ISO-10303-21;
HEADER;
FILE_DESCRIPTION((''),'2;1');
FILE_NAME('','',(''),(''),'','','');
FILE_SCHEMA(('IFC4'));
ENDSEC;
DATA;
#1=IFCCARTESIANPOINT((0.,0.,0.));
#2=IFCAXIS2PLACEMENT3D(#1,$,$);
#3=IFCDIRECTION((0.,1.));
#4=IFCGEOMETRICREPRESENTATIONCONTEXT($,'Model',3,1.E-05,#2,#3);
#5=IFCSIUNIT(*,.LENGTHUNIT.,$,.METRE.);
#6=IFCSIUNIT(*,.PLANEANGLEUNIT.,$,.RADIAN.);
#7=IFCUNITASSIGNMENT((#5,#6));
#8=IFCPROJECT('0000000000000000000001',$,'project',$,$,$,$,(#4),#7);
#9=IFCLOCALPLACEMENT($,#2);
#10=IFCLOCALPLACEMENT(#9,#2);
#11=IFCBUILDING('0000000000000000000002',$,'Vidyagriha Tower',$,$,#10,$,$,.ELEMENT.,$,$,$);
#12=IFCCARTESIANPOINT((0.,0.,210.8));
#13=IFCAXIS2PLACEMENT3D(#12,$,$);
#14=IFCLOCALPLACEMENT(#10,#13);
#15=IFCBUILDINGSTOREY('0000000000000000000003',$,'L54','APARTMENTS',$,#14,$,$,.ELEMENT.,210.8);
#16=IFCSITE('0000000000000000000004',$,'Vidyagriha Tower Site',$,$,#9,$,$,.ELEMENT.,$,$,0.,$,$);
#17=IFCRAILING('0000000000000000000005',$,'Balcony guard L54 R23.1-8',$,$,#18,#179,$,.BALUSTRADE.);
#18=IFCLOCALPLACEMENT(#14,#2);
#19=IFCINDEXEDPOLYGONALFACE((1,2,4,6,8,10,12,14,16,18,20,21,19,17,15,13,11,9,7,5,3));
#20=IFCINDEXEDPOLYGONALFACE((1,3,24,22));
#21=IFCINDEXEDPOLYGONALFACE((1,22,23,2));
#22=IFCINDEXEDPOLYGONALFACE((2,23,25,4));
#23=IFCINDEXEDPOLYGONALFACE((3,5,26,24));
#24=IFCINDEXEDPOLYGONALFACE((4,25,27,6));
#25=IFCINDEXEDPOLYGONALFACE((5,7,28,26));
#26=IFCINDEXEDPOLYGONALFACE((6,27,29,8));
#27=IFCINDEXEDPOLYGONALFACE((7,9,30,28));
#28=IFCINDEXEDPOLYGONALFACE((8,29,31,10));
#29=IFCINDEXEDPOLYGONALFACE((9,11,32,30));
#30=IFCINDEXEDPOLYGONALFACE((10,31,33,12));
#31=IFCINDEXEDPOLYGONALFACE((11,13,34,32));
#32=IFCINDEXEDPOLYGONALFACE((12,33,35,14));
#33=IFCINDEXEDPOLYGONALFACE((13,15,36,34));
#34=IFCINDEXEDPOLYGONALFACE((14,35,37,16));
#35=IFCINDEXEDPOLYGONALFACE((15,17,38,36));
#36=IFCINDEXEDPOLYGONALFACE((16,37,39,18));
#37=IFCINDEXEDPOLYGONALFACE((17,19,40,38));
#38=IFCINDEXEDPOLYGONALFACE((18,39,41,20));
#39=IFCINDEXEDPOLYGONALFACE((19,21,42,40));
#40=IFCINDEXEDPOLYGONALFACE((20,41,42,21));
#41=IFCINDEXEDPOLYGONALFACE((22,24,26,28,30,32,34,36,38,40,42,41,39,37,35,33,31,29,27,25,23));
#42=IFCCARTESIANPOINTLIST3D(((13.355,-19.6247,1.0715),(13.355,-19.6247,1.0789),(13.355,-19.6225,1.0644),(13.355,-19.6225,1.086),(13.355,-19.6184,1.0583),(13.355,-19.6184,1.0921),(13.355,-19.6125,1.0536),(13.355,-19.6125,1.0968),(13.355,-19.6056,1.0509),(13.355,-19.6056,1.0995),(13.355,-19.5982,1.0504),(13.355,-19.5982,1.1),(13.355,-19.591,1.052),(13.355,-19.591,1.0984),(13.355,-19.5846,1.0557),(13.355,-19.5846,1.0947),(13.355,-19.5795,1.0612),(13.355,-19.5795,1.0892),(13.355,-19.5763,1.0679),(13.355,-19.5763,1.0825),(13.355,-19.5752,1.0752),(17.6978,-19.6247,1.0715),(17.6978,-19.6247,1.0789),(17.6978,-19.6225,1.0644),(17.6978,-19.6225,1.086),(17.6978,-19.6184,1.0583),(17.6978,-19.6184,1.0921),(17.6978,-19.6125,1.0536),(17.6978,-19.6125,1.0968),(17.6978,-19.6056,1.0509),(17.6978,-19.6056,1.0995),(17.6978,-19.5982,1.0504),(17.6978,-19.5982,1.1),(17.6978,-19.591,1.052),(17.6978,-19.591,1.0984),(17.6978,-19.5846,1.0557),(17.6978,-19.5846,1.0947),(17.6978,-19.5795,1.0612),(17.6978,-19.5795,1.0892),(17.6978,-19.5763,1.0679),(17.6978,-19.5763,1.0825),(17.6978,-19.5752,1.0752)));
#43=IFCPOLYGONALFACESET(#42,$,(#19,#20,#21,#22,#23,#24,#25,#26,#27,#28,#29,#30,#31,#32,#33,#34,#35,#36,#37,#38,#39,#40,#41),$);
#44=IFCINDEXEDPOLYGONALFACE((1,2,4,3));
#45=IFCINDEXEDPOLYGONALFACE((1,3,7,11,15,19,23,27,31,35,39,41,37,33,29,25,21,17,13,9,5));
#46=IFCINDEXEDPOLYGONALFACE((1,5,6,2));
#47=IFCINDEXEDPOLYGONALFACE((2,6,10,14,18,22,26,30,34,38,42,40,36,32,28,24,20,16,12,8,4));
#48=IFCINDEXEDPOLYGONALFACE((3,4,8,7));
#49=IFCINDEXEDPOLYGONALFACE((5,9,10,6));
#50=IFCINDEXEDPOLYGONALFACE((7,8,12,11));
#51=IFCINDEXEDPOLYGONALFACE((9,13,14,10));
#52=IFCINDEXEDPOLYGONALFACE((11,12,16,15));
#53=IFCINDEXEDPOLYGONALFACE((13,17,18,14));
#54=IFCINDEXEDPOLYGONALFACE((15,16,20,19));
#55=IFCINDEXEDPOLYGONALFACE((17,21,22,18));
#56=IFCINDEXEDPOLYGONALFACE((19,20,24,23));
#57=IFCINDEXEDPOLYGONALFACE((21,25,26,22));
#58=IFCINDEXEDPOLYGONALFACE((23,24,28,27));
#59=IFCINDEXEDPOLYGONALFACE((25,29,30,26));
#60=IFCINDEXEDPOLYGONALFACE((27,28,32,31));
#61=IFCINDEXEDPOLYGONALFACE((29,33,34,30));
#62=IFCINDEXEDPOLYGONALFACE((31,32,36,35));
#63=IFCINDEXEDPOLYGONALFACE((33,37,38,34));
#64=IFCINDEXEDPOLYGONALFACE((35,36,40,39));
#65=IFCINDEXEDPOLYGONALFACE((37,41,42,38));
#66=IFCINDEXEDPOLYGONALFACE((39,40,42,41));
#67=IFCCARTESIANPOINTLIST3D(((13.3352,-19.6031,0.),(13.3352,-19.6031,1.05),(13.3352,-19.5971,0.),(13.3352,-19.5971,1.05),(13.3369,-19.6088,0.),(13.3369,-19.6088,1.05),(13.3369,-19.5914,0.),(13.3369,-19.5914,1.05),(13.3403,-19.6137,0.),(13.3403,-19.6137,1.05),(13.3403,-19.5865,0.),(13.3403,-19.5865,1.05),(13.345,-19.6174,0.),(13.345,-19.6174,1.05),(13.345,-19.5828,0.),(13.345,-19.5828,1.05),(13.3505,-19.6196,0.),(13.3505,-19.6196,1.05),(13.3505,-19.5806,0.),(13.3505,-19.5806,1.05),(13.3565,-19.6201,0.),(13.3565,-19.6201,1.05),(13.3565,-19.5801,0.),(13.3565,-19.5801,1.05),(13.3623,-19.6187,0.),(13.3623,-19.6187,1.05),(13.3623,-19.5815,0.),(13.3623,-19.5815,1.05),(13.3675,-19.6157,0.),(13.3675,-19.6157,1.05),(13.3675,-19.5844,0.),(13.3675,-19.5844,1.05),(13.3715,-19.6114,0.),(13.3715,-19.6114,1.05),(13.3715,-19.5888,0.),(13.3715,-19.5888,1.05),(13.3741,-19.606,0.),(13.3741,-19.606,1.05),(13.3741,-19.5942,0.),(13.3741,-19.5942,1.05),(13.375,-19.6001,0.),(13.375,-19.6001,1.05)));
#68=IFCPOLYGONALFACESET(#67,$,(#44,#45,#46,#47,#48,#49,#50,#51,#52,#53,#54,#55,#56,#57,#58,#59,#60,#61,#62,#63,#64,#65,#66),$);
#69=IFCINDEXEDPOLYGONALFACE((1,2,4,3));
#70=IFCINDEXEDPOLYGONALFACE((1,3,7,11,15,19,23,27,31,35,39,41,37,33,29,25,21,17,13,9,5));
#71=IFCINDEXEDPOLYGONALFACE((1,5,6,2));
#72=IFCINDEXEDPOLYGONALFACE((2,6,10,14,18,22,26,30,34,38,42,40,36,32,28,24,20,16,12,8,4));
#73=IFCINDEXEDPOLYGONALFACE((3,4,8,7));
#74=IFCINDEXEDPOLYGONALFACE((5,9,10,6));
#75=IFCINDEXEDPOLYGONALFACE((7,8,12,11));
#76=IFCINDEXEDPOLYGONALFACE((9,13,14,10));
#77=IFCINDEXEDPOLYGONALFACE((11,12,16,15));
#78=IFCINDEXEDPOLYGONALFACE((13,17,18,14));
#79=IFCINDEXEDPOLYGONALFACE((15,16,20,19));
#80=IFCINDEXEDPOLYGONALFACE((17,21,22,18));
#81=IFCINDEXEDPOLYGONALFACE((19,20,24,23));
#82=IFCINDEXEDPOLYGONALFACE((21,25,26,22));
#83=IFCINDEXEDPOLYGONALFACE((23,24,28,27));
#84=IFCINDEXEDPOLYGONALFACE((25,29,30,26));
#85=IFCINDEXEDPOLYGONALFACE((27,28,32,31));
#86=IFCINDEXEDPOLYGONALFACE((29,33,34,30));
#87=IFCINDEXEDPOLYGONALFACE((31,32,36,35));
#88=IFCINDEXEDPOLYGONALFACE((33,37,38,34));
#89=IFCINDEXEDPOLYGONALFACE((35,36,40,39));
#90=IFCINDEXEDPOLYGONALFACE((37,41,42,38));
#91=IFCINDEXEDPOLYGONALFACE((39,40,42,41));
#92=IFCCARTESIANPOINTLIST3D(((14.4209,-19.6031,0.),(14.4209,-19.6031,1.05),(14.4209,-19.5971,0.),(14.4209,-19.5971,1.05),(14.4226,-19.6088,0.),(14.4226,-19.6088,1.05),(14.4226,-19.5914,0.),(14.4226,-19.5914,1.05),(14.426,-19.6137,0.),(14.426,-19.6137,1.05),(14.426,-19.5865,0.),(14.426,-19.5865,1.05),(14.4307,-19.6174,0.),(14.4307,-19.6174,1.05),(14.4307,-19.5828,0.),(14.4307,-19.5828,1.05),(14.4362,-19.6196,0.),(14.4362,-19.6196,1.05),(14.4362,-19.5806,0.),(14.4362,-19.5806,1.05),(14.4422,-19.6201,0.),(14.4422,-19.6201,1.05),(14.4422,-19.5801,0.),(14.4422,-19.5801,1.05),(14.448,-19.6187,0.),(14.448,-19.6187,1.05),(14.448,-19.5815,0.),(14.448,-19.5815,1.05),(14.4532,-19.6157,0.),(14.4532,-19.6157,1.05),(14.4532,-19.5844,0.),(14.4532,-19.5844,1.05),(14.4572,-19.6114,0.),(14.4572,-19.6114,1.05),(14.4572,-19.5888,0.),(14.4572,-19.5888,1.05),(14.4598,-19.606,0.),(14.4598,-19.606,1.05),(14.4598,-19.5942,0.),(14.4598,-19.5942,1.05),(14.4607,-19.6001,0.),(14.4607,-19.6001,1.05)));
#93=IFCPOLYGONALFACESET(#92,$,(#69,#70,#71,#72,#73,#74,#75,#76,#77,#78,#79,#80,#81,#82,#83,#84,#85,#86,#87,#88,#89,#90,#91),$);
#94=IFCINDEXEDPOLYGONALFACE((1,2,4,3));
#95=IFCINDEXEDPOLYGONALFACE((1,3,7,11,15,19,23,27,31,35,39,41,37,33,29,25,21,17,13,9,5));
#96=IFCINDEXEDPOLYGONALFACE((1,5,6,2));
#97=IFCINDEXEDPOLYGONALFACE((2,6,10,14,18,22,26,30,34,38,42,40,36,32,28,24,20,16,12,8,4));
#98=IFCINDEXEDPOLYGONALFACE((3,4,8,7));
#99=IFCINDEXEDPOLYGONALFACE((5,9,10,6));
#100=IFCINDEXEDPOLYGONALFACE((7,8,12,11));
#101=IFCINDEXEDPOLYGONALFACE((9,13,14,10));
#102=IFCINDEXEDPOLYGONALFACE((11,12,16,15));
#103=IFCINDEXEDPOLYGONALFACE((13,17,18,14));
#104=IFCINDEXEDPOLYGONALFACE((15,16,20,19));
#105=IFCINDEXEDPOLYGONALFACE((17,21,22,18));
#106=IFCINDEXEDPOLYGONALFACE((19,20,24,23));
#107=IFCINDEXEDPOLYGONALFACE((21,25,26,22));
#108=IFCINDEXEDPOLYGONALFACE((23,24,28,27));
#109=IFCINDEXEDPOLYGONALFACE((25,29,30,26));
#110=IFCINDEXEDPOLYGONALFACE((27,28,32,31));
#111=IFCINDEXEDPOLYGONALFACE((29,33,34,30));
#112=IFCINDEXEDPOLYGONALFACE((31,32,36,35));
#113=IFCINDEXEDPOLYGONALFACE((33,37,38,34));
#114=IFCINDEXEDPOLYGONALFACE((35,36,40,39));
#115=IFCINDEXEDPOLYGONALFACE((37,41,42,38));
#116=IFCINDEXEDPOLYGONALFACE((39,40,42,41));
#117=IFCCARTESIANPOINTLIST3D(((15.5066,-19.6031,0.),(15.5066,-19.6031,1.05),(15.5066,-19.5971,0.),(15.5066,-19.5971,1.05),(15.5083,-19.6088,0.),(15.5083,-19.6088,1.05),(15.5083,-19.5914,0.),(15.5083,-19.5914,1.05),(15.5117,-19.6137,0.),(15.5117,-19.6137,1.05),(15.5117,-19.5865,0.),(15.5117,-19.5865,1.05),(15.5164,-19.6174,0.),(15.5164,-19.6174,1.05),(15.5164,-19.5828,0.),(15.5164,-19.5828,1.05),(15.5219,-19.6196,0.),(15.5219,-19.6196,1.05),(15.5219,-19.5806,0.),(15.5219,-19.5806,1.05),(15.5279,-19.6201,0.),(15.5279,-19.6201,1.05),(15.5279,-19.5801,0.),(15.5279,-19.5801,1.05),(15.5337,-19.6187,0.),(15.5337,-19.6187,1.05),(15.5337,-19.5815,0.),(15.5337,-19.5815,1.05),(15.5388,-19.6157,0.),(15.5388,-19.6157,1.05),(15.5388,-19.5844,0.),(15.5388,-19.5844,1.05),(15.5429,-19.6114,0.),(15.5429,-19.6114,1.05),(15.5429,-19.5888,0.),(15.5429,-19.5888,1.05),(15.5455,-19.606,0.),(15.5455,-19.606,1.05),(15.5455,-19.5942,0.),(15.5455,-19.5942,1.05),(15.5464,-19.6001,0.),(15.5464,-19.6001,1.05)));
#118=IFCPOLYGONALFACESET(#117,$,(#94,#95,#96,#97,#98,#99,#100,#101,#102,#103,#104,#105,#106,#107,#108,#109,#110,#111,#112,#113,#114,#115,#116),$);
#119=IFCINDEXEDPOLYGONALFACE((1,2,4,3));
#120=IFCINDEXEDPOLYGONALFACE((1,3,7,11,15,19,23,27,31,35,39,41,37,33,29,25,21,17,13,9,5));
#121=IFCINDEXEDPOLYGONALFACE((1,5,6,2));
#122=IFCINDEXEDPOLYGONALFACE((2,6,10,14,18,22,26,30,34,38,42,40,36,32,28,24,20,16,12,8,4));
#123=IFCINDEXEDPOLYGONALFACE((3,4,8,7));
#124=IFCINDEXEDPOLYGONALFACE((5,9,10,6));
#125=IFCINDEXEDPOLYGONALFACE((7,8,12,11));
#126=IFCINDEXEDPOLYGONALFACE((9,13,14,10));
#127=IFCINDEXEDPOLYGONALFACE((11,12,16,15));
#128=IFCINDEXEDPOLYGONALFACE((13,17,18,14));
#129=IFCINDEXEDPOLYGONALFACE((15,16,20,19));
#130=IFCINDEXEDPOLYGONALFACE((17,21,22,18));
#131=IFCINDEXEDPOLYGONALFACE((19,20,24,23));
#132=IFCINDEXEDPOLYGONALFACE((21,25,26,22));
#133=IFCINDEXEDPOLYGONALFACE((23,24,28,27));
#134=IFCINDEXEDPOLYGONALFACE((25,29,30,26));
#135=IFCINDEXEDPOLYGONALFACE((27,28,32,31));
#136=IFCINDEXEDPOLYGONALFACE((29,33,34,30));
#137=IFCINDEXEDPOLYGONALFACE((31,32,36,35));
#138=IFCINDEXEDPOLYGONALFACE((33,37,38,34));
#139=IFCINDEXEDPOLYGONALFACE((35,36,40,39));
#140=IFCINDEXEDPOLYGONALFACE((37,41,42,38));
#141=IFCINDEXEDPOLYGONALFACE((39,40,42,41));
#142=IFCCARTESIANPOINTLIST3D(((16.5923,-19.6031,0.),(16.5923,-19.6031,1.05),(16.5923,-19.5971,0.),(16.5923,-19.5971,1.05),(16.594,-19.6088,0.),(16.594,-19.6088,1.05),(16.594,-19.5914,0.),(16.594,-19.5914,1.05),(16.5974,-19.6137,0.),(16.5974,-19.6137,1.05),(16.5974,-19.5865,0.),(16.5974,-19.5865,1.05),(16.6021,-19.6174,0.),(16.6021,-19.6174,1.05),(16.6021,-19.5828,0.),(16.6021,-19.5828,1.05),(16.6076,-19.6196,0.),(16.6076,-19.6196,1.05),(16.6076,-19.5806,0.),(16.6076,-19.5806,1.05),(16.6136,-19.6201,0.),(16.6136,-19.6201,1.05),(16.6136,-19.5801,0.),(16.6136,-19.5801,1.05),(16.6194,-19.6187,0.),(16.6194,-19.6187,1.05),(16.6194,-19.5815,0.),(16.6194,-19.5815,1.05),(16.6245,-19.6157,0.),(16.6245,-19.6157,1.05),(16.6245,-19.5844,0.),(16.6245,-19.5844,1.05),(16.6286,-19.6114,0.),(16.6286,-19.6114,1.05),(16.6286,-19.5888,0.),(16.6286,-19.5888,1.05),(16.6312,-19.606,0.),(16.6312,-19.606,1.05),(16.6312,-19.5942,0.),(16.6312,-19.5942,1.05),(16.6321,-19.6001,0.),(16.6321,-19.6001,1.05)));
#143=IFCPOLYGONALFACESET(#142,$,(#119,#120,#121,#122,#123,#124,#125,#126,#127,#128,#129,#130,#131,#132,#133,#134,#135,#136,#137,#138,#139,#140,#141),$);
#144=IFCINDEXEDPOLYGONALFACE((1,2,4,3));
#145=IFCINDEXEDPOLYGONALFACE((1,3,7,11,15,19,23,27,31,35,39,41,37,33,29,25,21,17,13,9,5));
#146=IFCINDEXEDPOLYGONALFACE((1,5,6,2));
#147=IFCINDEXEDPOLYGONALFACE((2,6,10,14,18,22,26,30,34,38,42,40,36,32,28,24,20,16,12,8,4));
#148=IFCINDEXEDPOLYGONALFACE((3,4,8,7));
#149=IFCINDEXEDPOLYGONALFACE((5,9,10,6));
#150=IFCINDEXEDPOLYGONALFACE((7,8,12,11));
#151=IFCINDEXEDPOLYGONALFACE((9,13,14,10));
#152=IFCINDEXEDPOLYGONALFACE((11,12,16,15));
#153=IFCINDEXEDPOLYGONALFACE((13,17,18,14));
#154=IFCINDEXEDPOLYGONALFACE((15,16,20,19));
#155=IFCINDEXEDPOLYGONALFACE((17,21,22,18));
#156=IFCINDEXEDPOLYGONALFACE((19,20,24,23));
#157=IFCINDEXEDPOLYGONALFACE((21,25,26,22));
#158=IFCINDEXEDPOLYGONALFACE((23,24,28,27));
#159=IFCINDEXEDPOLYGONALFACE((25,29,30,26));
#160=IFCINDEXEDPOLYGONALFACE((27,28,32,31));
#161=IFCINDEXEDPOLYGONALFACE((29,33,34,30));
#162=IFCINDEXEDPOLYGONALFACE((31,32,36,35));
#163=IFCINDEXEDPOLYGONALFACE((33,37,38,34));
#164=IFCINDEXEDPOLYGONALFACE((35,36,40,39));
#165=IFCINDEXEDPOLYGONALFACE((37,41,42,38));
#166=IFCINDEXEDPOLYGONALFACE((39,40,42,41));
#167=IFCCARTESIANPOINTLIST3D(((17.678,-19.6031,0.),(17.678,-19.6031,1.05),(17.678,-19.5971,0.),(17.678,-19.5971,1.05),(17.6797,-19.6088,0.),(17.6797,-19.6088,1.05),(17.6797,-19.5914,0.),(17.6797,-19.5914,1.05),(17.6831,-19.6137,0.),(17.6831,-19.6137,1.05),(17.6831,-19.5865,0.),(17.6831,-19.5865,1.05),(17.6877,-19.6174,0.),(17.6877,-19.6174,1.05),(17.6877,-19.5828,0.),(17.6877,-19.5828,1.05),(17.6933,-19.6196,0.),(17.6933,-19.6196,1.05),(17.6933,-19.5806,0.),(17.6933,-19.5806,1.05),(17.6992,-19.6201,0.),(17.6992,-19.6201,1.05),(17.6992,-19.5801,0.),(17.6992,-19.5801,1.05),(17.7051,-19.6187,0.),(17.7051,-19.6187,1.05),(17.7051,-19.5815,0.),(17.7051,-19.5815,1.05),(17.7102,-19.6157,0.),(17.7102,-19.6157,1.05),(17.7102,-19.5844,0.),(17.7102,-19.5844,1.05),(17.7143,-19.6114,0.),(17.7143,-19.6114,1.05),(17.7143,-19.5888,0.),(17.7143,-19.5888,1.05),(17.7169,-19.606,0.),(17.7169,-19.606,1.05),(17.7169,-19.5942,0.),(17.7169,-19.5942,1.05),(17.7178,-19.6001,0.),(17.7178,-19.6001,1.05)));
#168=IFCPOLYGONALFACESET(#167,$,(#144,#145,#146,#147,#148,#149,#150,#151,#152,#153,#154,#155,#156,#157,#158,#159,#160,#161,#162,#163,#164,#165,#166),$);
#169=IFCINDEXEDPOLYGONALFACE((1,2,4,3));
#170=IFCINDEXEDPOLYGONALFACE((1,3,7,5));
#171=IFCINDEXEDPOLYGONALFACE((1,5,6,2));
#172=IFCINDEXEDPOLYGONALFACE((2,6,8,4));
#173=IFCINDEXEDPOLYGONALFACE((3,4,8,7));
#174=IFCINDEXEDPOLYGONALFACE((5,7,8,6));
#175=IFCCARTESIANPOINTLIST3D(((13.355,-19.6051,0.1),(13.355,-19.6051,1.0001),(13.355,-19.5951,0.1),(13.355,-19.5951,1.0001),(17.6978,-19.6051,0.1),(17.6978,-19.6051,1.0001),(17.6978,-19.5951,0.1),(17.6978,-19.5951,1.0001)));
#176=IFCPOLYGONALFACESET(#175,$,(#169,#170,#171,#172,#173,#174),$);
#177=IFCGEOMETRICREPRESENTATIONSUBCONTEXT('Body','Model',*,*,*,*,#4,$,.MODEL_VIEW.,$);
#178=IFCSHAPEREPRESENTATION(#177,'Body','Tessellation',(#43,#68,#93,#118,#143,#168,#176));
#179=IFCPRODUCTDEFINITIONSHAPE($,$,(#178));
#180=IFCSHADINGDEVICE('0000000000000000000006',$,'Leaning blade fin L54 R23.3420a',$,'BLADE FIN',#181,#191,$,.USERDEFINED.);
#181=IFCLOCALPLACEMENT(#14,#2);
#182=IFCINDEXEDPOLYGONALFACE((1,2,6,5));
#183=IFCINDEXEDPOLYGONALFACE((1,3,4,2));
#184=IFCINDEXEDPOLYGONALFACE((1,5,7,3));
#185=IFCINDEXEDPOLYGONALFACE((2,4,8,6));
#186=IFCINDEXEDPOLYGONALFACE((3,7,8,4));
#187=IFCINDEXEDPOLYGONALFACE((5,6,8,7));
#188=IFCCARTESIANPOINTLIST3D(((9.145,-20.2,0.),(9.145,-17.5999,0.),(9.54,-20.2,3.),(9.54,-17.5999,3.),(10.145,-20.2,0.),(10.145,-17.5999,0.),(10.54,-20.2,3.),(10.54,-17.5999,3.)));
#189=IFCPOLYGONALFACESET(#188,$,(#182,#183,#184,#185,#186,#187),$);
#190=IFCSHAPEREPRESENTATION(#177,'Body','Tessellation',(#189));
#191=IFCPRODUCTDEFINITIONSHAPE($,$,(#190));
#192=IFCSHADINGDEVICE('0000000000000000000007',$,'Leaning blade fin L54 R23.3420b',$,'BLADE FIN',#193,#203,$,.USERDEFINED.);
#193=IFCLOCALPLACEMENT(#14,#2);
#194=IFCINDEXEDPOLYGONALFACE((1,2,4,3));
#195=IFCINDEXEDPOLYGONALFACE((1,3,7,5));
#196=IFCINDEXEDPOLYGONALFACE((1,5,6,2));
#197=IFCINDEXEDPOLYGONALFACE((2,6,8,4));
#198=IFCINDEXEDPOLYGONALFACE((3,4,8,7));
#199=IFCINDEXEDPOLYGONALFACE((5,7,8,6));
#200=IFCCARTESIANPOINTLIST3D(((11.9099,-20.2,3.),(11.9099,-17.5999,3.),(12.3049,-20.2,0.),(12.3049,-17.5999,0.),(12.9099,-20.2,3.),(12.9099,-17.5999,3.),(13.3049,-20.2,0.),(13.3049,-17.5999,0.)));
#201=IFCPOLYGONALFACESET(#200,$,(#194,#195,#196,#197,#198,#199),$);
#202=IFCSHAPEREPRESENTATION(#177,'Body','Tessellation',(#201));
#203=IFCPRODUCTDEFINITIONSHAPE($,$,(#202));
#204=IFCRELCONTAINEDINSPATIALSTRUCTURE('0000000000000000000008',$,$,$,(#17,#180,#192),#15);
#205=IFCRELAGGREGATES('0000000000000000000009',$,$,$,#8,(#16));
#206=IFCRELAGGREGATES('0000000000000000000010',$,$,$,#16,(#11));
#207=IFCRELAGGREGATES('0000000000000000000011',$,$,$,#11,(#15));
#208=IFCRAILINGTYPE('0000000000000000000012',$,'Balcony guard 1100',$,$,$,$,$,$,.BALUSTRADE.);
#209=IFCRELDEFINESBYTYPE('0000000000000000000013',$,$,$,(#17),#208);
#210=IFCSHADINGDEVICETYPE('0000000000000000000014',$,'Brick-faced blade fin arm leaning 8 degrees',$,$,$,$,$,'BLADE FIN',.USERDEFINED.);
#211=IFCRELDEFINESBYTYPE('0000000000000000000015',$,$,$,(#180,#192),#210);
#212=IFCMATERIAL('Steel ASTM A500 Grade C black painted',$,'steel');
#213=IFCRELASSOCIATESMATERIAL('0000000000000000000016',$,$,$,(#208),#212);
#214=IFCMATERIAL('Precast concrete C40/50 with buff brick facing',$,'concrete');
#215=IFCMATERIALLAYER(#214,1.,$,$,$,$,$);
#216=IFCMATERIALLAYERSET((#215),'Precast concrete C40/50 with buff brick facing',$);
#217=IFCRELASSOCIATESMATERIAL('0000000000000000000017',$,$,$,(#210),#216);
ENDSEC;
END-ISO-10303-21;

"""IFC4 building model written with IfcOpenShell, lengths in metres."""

from ifc_helpers import new_model, si_unit, direction, frame, origin, origin_2d, place, context, subcontext, project, spatial, polyline, rectangle, circle, outline, extrude, material, layer, layer_set, type_object, element, save


model = new_model("IFC4")

# Units and contexts
model_context = context("Model", 3, precision=1e-05, world=origin(), true_north=direction((0.0, 1.0)))
body_context = subcontext(model_context, "Body", "Model", "MODEL_VIEW")
ifc_project = project(units=[si_unit("LENGTHUNIT", "METRE"), si_unit("PLANEANGLEUNIT", "RADIAN")], contexts=[model_context])

# Site, building, storey
site_placement = place(None, origin())
site = spatial("IfcSite", under=ifc_project, at=site_placement, Name="Vidyagriha Tower Site", CompositionType="ELEMENT", RefElevation=0.0)
building_placement = place(site_placement, origin())
building = spatial("IfcBuilding", under=site, at=building_placement, Name="Vidyagriha Tower", CompositionType="ELEMENT")
storey_placement = place(building_placement, frame((0.0, 0.0, 210.8)))
storey = spatial("IfcBuildingStorey", under=building, at=storey_placement, Name="L54", Description="APARTMENTS", CompositionType="ELEMENT", Elevation=210.8)

# Railing
ifc_material_1 = material(Name="Steel ASTM A500 Grade C black painted", Category="steel")
railing_type = type_object("IfcRailingType", Name="Balcony guard 1100", PredefinedType="BALUSTRADE", material=ifc_material_1)
railing_1_placement = place(storey_placement, frame((13.355, -19.6001, 0.0)))
element("IfcRailing", 1, at=railing_1_placement, inside=storey, type_object=railing_type, Name="Balcony guard L54 R23.1-8", PredefinedType="BALUSTRADE", context=body_context, shape_type="SweptSolid", body=[
    extrude(circle(Radius=0.0249, at=origin_2d()), frame((0.0, 0.0, 1.0752), z_axis=(1.0, 0.0, 0.0), x_axis=(0.0, 1.0, 0.0)), (0.0, 0.0, 1.0), 4.3428),
    extrude(circle(Radius=0.02, at=origin_2d()), origin(), (0.0, 0.0, 1.0), 1.05),
    extrude(circle(Radius=0.02, at=origin_2d()), frame((1.0857, 0.0, 0.0)), (0.0, 0.0, 1.0), 1.05),
    extrude(circle(Radius=0.02, at=origin_2d()), frame((2.1714, 0.0, 0.0)), (0.0, 0.0, 1.0), 1.05),
    extrude(circle(Radius=0.02, at=origin_2d()), frame((3.2571, 0.0, 0.0)), (0.0, 0.0, 1.0), 1.05),
    extrude(circle(Radius=0.02, at=origin_2d()), frame((4.3428, 0.0, 0.0)), (0.0, 0.0, 1.0), 1.05),
    extrude(rectangle(XDim=0.01, YDim=0.9001, at=origin_2d()), frame((0.0, 0.0, 0.55), z_axis=(1.0, 0.0, 0.0), x_axis=(0.0, 1.0, 0.0)), (0.0, 0.0, 1.0), 4.3428),
])

# Shading devices
ifc_material_2 = material(Name="Precast concrete C40/50 with buff brick facing", Category="concrete")
ifc_layer_1 = layer(ifc_material_2, 1.0)
ifc_layer_set_1 = layer_set([ifc_layer_1], Name="Precast concrete C40/50 with buff brick facing")
shading_device_type_1 = type_object("IfcShadingDeviceType", Name="Brick-faced blade fin arm leaning 8 degrees", ElementType="BLADE FIN", PredefinedType="USERDEFINED", material=ifc_layer_set_1)
shading_device_1_placement = place(storey_placement, frame((9.145, -18.8999, 0.0)))
element("IfcShadingDevice", 2, at=shading_device_1_placement, inside=storey, type_object=shading_device_type_1, Name="Leaning blade fin L54 R23.3420a", ObjectType="BLADE FIN", PredefinedType="USERDEFINED", context=body_context, shape_type="SweptSolid", body=[
    extrude(outline(polyline([(0.0, 0.0), (1.0, 0.0), (1.395, 3.0), (0.395, 3.0), (0.0, 0.0)])), frame((0.0, 1.3, 0.0), z_axis=(0.0, -1.0, 0.0), x_axis=(1.0, 0.0, 0.0)), (0.0, 0.0, 1.0), 2.6001),
])
shading_device_2_placement = place(storey_placement, frame((11.9099, -18.8999, 0.0)))
element("IfcShadingDevice", 3, at=shading_device_2_placement, inside=storey, type_object=shading_device_type_1, Name="Leaning blade fin L54 R23.3420b", ObjectType="BLADE FIN", PredefinedType="USERDEFINED", context=body_context, shape_type="SweptSolid", body=[
    extrude(outline(polyline([(0.395, 0.0), (1.395, 0.0), (1.0, 3.0), (0.0, 3.0), (0.395, 0.0)])), frame((0.0, 1.3, 0.0), z_axis=(0.0, -1.0, 0.0), x_axis=(1.0, 0.0, 0.0)), (0.0, 0.0, 1.0), 2.6001),
])

save(model, "model.ifc")
